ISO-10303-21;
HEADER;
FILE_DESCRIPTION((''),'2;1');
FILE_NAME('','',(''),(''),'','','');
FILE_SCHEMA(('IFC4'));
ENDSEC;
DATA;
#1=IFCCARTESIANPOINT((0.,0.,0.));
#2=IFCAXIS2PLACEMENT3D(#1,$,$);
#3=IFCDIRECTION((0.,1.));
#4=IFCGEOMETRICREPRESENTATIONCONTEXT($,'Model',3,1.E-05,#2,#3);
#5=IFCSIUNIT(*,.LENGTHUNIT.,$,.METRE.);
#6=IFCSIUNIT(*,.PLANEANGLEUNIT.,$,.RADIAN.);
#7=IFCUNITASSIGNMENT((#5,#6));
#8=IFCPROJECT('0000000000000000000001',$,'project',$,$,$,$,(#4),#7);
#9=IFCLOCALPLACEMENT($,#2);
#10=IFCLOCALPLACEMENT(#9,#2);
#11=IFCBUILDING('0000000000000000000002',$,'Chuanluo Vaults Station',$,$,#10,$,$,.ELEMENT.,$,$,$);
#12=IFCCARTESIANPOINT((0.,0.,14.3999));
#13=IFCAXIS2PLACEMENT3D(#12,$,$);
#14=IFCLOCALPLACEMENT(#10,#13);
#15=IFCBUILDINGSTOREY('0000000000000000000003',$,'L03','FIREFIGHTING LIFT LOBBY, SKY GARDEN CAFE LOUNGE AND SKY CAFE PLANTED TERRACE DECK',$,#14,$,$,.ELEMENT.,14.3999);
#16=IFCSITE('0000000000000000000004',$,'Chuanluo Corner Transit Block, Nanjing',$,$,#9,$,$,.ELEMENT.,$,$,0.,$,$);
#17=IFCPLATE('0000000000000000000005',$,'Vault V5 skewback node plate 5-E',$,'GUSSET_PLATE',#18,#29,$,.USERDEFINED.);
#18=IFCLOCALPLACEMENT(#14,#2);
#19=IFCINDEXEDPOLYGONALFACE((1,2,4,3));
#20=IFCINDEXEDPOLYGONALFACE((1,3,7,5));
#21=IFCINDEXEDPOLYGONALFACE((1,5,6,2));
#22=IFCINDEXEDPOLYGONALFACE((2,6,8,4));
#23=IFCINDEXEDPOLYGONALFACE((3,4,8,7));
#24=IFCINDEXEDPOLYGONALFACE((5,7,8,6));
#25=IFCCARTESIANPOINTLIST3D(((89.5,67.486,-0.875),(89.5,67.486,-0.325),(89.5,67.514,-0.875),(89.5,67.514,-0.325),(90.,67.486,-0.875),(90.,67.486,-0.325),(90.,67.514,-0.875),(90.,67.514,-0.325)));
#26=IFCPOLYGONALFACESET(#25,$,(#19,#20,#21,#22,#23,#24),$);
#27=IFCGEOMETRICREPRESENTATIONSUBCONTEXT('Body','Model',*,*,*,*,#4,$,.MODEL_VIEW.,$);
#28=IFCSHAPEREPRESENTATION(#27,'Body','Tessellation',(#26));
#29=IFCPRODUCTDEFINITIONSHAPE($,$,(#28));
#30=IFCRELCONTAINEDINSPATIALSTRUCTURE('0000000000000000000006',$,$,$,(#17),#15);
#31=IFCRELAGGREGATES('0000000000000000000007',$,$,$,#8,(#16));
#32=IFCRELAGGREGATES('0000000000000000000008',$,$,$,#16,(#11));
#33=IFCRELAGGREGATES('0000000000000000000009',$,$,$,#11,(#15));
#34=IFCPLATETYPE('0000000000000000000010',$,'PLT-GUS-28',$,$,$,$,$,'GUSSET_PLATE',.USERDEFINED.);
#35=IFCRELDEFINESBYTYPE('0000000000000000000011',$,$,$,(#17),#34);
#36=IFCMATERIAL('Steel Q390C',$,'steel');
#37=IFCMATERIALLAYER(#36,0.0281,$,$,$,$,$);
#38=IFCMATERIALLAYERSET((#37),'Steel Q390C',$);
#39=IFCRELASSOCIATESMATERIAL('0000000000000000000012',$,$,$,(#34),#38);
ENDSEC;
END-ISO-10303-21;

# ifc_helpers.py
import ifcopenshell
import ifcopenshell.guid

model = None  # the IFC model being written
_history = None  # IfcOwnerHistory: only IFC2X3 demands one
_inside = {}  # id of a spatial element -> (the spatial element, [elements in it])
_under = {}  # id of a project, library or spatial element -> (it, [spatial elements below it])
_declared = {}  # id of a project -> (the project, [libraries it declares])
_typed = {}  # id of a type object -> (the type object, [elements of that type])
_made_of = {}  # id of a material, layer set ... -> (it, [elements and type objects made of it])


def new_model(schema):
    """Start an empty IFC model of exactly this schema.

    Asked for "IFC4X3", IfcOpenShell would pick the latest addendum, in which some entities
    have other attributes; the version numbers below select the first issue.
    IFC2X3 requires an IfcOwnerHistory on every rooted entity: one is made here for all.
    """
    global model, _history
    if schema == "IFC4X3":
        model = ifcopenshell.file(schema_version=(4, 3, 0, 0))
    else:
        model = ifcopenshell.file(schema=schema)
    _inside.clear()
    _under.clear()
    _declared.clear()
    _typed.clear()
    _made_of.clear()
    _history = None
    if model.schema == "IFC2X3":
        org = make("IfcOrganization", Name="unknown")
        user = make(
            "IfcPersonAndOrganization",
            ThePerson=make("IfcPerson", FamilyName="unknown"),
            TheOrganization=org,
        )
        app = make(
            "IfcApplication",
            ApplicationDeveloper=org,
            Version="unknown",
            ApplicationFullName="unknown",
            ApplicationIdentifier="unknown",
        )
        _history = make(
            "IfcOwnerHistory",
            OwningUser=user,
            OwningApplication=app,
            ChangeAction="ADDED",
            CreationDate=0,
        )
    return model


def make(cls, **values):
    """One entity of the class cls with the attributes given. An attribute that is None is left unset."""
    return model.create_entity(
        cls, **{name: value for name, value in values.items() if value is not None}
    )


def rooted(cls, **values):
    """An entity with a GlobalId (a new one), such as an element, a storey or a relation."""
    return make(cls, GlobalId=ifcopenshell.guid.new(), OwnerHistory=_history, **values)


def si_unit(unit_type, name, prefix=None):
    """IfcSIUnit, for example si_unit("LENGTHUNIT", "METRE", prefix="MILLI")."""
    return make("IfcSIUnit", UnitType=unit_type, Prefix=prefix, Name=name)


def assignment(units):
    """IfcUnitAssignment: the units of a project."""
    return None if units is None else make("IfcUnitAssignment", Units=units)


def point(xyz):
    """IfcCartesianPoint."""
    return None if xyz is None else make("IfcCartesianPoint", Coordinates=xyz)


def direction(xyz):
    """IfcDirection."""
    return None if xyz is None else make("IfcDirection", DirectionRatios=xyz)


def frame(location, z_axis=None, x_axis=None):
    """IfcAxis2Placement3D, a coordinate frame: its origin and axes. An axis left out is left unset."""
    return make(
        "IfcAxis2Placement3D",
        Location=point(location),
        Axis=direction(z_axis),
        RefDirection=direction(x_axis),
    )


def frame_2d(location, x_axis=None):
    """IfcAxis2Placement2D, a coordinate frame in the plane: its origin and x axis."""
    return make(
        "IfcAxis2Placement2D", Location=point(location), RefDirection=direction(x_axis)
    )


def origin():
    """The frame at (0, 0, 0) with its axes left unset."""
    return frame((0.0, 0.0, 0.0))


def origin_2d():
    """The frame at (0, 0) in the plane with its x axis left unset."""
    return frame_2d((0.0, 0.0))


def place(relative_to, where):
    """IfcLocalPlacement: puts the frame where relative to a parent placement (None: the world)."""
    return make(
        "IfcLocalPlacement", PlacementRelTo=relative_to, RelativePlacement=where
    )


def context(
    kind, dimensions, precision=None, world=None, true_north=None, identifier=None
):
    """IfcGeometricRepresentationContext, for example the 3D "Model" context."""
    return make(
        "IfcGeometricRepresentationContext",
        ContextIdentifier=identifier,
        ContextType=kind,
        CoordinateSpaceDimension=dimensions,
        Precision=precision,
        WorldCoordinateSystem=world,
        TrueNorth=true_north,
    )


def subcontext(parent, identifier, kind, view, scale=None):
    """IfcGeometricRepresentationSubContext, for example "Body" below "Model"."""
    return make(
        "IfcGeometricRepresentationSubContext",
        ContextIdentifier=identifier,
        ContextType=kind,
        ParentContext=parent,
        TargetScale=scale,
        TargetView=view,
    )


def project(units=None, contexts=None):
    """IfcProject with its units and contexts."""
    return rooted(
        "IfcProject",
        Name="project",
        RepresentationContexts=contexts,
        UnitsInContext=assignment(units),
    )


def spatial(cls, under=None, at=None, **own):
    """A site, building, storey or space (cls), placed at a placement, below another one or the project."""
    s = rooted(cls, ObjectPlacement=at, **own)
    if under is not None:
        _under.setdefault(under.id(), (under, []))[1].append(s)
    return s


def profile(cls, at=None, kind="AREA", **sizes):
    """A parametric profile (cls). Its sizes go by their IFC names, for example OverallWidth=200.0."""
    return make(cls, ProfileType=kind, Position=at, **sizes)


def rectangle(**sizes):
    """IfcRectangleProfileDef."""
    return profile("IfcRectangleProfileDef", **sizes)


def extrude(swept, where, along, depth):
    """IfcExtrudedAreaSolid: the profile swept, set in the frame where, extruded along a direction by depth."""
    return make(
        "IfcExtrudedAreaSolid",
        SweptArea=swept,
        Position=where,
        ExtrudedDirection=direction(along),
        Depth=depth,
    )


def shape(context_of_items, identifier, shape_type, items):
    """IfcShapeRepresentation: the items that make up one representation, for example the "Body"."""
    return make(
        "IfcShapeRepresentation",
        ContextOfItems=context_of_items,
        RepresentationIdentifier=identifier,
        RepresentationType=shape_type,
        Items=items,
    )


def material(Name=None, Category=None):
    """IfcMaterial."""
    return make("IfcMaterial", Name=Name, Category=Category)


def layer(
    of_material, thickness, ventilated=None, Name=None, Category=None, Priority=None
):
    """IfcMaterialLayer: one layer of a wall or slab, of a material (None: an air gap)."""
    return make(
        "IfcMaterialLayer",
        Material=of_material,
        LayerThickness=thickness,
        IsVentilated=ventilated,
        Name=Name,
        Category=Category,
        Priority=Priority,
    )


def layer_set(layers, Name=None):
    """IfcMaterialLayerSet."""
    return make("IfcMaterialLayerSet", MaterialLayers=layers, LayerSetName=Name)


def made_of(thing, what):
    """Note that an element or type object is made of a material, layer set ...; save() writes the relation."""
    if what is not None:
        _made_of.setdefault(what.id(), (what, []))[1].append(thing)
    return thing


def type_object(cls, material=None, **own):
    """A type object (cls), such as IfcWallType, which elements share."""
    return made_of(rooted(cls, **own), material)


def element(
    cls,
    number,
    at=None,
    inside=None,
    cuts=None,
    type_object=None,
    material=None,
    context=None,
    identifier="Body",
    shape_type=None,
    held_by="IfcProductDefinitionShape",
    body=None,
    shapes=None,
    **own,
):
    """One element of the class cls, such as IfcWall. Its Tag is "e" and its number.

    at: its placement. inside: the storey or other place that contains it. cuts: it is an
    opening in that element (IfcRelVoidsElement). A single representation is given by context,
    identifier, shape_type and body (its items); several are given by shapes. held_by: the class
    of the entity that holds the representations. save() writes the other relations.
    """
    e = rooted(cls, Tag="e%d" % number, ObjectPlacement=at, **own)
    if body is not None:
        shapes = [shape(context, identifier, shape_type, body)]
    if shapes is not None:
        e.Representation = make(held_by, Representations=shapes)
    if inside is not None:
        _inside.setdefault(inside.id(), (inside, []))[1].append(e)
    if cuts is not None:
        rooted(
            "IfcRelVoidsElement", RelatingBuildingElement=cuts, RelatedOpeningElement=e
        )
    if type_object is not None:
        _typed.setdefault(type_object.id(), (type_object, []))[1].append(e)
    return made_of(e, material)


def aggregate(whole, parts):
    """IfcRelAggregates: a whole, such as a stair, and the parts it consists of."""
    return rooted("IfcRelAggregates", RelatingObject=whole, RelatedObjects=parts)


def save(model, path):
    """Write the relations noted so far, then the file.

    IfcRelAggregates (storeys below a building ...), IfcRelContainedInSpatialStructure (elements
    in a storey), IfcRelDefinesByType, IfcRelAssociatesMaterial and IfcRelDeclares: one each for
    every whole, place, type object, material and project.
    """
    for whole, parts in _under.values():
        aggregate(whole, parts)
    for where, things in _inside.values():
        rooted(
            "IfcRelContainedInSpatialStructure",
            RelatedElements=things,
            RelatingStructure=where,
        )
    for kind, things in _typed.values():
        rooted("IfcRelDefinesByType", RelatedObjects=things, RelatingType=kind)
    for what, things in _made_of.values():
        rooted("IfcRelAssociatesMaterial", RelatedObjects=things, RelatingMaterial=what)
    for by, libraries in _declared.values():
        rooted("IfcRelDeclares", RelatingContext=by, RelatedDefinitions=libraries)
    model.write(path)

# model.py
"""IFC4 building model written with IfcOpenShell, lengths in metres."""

from ifc_helpers import new_model, si_unit, direction, frame, origin, origin_2d, place, context, subcontext, project, spatial, rectangle, extrude, material, layer, layer_set, type_object, element, save


model = new_model("IFC4")

# Units and contexts
model_context = context("Model", 3, precision=1e-05, world=origin(), true_north=direction((0.0, 1.0)))
body_context = subcontext(model_context, "Body", "Model", "MODEL_VIEW")
ifc_project = project(units=[si_unit("LENGTHUNIT", "METRE"), si_unit("PLANEANGLEUNIT", "RADIAN")], contexts=[model_context])

# Site, building, storey
site_placement = place(None, origin())
site = spatial("IfcSite", under=ifc_project, at=site_placement, Name="Chuanluo Corner Transit Block, Nanjing", CompositionType="ELEMENT", RefElevation=0.0)
building_placement = place(site_placement, origin())
building = spatial("IfcBuilding", under=site, at=building_placement, Name="Chuanluo Vaults Station", CompositionType="ELEMENT")
storey_placement = place(building_placement, frame((0.0, 0.0, 14.3999)))
storey = spatial("IfcBuildingStorey", under=building, at=storey_placement, Name="L03", Description="FIREFIGHTING LIFT LOBBY, SKY GARDEN CAFE LOUNGE AND SKY CAFE PLANTED TERRACE DECK", CompositionType="ELEMENT", Elevation=14.3999)

# Plate
ifc_material_1 = material(Name="Steel Q390C", Category="steel")
ifc_layer = layer(ifc_material_1, 0.0281)
ifc_layer_set = layer_set([ifc_layer], Name="Steel Q390C")
plate_type = type_object("IfcPlateType", Name="PLT-GUS-28", ElementType="GUSSET_PLATE", PredefinedType="USERDEFINED", material=ifc_layer_set)
plate_placement = place(storey_placement, frame((89.75, 67.5, -0.875), z_axis=(0.0, 0.0, 1.0), x_axis=(1.0, 0.0, 0.0)))
element("IfcPlate", 1, at=plate_placement, inside=storey, type_object=plate_type, Name="Vault V5 skewback node plate 5-E", ObjectType="GUSSET_PLATE", PredefinedType="USERDEFINED", context=body_context, shape_type="SweptSolid", body=[
    extrude(rectangle(XDim=0.5, YDim=0.0281, at=origin_2d()), origin(), (0.0, 0.0, 1.0), 0.55),
])

save(model, "model.ifc")
